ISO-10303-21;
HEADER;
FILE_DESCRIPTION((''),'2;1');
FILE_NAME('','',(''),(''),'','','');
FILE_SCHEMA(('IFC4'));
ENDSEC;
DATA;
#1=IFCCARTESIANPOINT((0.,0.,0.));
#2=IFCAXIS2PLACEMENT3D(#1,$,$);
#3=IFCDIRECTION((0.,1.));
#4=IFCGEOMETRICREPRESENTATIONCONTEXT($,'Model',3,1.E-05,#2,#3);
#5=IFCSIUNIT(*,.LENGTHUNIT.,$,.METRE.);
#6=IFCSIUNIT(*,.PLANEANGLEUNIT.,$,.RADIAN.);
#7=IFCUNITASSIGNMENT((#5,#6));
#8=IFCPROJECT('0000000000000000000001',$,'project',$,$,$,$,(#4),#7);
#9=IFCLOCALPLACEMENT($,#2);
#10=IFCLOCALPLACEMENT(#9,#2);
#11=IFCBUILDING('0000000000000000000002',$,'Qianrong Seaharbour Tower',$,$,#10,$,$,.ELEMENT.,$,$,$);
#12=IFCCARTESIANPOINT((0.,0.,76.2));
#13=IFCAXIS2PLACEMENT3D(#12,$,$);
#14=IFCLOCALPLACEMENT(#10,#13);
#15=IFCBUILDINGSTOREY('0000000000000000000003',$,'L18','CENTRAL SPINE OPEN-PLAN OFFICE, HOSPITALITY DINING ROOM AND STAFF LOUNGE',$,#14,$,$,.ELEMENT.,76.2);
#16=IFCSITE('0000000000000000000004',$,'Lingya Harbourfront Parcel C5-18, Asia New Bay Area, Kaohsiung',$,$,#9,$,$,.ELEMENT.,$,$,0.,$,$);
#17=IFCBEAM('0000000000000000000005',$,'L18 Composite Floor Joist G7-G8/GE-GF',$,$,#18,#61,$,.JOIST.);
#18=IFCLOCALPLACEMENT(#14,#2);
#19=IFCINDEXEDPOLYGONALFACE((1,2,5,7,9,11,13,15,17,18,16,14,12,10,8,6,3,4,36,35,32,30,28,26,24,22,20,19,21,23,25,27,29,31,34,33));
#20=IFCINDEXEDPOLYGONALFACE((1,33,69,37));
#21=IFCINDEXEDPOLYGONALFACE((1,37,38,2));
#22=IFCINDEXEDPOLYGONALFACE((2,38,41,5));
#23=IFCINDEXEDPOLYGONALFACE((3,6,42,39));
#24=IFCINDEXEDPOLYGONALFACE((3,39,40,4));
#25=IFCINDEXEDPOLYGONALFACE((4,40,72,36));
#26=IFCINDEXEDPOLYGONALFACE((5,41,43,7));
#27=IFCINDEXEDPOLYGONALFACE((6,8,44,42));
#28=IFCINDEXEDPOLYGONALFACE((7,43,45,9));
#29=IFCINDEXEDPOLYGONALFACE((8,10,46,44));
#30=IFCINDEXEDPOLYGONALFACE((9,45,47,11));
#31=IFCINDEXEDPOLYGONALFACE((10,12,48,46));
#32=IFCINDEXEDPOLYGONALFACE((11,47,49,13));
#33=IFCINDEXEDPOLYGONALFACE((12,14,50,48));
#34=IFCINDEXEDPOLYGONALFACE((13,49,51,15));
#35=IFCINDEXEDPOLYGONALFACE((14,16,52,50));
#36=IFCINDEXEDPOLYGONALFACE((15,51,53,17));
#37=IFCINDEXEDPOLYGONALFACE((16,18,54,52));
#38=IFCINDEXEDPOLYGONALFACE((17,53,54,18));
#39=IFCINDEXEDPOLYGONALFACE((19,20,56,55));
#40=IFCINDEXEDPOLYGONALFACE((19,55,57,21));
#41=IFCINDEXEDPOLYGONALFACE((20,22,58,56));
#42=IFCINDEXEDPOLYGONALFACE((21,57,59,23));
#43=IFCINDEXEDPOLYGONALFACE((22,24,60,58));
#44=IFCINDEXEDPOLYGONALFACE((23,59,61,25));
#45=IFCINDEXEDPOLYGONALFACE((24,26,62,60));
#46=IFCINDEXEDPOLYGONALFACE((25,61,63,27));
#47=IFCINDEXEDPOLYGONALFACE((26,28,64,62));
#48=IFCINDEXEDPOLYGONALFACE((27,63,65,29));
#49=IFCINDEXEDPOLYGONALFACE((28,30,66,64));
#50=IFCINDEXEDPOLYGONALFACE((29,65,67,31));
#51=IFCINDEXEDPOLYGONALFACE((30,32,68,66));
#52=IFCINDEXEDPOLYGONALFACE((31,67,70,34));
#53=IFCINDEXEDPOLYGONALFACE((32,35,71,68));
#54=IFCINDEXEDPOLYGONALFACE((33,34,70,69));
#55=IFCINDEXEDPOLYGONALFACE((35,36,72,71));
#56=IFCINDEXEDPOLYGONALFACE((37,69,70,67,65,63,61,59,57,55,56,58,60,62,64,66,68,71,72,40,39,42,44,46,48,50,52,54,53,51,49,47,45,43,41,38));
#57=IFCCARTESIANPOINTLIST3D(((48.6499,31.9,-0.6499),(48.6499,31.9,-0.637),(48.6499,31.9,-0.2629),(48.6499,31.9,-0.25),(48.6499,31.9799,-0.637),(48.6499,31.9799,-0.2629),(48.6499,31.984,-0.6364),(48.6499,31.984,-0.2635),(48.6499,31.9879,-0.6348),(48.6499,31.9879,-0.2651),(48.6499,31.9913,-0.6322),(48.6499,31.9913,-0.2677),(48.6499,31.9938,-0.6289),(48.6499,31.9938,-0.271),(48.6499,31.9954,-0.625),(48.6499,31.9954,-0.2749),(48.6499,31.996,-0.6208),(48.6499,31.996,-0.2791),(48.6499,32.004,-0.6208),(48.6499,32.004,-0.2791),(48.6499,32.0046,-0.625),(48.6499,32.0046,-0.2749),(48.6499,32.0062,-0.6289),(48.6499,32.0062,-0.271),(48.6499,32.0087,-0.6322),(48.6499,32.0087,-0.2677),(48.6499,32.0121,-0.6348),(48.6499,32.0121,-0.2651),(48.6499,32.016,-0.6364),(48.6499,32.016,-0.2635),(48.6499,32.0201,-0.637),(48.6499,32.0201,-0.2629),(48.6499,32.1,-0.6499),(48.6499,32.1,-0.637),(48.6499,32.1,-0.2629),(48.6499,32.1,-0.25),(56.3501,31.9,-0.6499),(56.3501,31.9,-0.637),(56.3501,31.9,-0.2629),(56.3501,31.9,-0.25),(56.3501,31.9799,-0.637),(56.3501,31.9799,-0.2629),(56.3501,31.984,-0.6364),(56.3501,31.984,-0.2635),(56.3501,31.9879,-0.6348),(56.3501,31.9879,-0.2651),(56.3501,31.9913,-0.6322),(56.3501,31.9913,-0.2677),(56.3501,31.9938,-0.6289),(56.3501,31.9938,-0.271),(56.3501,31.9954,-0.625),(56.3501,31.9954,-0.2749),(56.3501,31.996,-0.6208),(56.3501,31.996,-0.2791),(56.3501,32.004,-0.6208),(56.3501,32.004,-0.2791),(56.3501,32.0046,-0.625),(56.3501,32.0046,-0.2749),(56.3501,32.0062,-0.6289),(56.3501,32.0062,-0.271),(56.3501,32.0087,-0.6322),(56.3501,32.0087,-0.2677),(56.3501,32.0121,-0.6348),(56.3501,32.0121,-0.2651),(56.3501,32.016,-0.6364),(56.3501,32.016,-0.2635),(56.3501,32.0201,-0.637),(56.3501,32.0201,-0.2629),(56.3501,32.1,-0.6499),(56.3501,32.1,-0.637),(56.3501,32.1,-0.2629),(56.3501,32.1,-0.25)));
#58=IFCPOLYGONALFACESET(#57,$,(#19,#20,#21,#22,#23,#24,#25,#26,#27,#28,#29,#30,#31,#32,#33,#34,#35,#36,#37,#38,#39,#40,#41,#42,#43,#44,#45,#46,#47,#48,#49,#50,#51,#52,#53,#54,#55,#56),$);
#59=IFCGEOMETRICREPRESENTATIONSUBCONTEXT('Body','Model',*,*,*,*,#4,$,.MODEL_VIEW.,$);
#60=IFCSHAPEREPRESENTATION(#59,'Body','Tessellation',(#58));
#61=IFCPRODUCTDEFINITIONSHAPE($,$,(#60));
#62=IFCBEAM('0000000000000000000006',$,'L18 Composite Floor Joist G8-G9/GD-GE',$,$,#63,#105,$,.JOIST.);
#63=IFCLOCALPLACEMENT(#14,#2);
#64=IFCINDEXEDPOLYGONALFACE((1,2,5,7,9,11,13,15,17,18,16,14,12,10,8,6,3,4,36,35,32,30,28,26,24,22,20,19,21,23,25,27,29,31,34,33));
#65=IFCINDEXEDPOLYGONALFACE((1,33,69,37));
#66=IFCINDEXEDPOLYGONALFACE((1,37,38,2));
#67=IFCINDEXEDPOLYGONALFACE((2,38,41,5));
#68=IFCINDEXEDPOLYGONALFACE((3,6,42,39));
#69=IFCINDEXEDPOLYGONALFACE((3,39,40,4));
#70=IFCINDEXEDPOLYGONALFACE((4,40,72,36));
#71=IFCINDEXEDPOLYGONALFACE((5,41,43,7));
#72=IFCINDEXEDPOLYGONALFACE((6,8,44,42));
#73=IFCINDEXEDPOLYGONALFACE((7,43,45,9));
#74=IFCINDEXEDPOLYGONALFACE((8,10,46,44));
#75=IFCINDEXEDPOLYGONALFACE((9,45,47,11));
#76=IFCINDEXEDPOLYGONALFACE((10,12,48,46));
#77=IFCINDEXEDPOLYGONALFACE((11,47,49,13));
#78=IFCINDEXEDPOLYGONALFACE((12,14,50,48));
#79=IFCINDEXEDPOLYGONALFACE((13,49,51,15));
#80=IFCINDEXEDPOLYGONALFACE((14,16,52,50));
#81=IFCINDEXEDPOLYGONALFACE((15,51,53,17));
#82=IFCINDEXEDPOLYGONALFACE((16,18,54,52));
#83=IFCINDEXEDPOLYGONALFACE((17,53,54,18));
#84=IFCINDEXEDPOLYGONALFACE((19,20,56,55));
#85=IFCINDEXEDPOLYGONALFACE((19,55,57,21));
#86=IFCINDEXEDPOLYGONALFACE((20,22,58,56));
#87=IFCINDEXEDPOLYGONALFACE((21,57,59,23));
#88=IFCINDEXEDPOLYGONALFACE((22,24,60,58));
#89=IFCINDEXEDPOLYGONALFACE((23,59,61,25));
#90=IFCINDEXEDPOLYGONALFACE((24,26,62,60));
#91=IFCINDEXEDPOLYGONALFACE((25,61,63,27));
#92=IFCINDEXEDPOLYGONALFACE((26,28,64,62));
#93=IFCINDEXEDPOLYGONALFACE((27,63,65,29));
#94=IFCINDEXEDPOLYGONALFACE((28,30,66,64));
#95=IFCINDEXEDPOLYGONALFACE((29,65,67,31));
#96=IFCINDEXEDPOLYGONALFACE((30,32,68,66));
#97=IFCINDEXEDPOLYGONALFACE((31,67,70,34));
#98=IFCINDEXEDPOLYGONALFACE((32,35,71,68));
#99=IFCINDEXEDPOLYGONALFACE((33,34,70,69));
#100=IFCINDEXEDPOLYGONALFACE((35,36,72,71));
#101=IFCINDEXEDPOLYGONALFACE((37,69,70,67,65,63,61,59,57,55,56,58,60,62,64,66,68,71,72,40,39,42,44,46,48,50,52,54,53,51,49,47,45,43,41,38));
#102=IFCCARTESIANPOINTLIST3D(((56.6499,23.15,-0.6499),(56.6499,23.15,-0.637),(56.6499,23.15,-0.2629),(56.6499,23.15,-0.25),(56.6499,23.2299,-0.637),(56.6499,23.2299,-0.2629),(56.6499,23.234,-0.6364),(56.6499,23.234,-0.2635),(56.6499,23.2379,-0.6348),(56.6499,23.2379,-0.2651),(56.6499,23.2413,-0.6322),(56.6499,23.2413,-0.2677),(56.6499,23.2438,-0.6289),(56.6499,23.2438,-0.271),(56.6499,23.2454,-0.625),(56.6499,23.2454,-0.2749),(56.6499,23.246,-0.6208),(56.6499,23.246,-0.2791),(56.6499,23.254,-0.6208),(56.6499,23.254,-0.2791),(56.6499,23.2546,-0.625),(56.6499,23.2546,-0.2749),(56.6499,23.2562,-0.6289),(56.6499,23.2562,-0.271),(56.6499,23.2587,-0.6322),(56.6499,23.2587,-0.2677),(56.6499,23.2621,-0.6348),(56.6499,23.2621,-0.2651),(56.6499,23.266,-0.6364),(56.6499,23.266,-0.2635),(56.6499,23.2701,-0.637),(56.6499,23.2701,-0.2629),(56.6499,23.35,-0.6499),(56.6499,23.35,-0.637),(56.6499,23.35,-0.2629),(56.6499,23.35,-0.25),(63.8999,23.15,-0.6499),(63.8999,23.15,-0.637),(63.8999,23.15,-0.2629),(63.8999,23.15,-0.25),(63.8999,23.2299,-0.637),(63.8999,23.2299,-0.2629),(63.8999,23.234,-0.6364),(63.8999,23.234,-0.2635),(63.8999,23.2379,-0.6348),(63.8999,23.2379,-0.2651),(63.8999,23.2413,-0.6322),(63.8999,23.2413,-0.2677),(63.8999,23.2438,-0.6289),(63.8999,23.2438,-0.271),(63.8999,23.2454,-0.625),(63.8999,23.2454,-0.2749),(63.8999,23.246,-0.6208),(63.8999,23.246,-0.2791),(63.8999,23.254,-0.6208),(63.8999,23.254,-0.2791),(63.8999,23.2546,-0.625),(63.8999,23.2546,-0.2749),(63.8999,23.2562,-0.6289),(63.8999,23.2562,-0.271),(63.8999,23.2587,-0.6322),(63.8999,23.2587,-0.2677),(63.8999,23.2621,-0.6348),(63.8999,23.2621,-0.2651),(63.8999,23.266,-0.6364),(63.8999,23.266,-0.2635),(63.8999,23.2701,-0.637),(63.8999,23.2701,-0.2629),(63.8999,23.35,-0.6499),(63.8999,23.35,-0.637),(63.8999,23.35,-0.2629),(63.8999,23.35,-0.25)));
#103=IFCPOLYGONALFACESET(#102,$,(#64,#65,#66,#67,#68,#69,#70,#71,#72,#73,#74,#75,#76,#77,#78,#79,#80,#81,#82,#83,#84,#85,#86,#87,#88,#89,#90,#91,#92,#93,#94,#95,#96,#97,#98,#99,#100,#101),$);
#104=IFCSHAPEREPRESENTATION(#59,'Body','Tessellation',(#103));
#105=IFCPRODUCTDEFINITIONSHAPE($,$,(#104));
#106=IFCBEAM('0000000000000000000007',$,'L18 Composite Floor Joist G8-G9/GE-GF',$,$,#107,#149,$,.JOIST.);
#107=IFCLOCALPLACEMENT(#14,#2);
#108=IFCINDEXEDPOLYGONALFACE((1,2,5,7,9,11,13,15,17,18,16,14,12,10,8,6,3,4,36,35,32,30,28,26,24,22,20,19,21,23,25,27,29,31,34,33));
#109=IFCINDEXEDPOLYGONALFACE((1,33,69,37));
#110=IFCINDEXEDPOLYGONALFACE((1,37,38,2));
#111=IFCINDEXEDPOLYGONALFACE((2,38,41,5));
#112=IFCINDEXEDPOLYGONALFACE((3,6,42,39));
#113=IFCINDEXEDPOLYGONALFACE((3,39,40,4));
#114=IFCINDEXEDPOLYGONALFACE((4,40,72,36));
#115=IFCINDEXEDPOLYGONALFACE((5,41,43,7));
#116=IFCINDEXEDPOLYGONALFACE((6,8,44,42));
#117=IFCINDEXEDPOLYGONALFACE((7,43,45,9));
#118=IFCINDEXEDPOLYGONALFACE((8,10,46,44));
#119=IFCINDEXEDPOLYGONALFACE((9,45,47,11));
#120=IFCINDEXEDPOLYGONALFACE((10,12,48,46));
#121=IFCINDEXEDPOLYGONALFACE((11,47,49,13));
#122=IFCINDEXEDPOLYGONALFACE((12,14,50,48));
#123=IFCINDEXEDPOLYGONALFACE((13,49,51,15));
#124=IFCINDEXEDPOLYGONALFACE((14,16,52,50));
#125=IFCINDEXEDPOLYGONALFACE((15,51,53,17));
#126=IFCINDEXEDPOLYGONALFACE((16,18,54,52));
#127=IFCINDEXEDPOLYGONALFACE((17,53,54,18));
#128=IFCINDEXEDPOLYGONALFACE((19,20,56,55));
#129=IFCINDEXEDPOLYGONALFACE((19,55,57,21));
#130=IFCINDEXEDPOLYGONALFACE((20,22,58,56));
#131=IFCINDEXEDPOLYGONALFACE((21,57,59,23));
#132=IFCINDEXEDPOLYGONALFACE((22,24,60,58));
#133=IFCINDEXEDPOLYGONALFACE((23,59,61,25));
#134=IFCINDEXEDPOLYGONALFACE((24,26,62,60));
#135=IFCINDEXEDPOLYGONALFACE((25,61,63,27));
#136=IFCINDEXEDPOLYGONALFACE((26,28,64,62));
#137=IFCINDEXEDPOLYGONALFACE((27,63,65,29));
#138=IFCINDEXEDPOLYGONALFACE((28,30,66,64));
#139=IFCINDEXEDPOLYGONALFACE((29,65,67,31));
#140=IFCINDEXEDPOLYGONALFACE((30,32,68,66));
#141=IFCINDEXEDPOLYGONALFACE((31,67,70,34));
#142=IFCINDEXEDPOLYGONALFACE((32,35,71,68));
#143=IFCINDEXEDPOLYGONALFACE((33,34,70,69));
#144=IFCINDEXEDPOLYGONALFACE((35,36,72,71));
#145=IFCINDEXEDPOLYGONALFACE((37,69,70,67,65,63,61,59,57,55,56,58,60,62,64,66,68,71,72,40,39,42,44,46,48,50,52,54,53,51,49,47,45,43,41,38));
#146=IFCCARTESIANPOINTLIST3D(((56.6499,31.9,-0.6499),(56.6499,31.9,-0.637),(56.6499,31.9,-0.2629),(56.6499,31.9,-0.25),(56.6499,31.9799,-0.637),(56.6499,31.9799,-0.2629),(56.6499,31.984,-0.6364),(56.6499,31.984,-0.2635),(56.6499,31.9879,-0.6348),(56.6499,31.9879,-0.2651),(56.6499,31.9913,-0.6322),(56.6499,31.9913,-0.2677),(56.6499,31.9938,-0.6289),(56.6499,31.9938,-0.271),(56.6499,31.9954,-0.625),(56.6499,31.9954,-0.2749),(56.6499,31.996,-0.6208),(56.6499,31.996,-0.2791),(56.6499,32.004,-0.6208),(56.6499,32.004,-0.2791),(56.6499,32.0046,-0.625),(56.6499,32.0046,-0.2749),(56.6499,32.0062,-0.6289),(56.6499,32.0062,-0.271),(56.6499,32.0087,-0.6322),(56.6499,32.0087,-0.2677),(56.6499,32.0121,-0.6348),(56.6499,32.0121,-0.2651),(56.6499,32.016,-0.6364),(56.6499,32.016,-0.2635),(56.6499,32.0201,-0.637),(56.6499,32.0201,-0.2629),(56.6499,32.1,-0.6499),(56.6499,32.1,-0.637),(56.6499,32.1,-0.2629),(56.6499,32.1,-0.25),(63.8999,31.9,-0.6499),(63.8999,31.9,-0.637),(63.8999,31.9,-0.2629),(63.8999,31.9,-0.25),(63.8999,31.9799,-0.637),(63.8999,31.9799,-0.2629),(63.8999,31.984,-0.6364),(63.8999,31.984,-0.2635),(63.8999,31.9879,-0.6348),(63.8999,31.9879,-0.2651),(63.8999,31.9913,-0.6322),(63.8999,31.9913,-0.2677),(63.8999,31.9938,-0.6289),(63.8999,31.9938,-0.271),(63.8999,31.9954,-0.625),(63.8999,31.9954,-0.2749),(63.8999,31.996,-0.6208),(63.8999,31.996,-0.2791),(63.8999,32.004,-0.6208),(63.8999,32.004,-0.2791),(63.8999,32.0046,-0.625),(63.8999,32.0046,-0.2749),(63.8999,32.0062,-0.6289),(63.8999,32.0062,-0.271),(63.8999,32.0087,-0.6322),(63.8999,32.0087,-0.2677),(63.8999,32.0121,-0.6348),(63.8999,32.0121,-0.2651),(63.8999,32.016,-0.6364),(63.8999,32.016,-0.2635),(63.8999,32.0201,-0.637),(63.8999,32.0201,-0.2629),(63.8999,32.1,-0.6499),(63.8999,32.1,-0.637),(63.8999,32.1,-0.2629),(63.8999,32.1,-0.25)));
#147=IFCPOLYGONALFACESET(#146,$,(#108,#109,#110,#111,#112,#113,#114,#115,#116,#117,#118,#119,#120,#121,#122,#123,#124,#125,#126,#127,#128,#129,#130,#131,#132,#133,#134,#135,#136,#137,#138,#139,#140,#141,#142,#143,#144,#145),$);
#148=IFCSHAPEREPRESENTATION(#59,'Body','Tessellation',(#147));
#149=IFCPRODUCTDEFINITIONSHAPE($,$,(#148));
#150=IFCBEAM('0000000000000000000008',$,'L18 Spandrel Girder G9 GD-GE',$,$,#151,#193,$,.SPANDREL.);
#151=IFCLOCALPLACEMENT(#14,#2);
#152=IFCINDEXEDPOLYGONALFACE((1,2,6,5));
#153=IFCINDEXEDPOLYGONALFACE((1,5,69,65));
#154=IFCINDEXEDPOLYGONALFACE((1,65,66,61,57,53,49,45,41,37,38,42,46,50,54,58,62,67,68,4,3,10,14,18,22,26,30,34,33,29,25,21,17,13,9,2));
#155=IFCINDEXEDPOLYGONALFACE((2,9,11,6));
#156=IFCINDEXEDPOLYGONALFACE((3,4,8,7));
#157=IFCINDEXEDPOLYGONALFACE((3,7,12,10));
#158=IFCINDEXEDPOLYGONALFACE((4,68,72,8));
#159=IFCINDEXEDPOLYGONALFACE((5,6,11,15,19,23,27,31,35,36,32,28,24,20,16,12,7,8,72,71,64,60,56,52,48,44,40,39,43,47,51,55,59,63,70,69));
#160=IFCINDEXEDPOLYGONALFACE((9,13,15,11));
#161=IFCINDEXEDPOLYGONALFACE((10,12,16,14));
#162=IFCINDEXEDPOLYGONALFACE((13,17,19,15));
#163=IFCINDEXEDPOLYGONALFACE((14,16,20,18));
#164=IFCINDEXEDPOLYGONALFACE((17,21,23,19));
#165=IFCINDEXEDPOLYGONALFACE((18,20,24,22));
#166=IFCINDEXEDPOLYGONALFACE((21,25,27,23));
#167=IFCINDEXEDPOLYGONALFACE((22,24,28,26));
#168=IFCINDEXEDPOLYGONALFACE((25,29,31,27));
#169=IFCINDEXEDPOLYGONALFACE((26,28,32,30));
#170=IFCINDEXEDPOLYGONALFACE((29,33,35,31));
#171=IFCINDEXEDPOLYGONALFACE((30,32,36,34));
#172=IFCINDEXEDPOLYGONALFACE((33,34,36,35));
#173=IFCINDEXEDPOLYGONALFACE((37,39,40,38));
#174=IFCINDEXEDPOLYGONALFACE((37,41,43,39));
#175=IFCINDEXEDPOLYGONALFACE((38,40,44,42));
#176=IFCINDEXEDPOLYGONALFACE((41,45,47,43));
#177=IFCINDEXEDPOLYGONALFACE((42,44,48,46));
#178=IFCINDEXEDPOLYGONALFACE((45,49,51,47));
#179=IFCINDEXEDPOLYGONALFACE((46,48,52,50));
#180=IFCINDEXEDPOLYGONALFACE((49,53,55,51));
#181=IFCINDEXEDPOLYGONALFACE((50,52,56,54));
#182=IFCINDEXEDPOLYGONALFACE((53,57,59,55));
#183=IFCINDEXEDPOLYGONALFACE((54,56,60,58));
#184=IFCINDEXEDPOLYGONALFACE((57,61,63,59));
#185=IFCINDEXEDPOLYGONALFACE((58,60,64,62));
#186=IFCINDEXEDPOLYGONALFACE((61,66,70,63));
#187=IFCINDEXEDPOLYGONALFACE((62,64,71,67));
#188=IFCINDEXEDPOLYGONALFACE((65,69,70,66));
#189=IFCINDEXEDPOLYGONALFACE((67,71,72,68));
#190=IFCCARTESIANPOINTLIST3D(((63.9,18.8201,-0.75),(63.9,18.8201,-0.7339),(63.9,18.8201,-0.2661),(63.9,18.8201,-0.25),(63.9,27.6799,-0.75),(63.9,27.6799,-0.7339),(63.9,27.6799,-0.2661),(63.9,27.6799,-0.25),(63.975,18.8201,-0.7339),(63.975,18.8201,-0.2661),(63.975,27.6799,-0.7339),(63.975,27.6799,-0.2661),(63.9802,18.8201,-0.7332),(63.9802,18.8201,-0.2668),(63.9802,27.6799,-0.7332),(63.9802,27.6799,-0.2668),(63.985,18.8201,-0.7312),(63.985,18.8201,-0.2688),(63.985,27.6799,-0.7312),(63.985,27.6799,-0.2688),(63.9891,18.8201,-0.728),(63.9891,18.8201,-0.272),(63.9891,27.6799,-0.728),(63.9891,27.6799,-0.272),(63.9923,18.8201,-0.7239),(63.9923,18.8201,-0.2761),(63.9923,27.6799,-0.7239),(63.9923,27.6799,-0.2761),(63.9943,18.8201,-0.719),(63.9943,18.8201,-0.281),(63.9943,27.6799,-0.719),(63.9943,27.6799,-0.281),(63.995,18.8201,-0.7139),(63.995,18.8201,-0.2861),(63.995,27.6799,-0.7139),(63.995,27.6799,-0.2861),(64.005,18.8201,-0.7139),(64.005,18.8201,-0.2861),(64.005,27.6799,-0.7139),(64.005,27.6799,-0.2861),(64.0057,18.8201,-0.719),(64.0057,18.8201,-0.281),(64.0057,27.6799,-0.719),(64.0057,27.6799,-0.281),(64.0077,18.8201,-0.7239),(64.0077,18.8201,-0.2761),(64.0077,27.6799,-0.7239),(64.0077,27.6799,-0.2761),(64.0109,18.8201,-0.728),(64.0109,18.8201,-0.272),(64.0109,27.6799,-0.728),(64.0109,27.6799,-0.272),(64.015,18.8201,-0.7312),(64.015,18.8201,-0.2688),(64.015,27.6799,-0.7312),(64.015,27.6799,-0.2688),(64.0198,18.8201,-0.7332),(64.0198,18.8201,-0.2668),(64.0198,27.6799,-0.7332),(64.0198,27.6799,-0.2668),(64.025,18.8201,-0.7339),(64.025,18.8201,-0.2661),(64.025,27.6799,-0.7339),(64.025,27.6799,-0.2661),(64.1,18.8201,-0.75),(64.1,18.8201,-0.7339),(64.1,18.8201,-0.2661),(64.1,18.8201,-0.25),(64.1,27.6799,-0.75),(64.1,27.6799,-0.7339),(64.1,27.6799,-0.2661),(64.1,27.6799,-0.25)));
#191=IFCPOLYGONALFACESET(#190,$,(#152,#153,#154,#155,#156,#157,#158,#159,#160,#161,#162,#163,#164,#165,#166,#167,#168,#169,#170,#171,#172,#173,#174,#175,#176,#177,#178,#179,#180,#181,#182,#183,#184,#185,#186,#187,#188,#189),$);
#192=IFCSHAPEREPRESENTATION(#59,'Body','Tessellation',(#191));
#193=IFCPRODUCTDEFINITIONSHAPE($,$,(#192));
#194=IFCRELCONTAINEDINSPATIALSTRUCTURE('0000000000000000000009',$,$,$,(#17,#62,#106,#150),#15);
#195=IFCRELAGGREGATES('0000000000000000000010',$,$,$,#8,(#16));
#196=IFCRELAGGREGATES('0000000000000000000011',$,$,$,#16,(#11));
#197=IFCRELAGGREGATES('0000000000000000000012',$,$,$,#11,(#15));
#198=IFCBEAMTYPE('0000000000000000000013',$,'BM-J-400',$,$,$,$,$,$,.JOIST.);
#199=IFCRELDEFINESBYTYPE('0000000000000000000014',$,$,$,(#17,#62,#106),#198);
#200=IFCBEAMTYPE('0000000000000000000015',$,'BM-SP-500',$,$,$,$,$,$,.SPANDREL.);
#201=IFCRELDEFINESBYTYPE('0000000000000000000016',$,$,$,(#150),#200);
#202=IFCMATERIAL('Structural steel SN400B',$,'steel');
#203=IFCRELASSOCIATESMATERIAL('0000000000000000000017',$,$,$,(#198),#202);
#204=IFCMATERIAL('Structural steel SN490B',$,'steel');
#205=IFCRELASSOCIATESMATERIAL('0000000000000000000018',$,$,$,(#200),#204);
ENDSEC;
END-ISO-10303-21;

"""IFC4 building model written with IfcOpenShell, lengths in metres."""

from ifc_helpers import new_model, si_unit, direction, frame, origin, origin_2d, place, context, subcontext, project, spatial, i_section, extrude, material, material_profile, profile_set, type_object, element, save


model = new_model("IFC4")

# Units and contexts
model_context = context("Model", 3, precision=1e-05, world=origin(), true_north=direction((0.0, 1.0)))
body_context = subcontext(model_context, "Body", "Model", "MODEL_VIEW")
ifc_project = project(units=[si_unit("LENGTHUNIT", "METRE"), si_unit("PLANEANGLEUNIT", "RADIAN")], contexts=[model_context])

# Site, building, storey
site_placement = place(None, origin())
site = spatial("IfcSite", under=ifc_project, at=site_placement, Name="Lingya Harbourfront Parcel C5-18, Asia New Bay Area, Kaohsiung", CompositionType="ELEMENT", RefElevation=0.0)
building_placement = place(site_placement, origin())
building = spatial("IfcBuilding", under=site, at=building_placement, Name="Qianrong Seaharbour Tower", CompositionType="ELEMENT")
storey_placement = place(building_placement, frame((0.0, 0.0, 76.2)))
storey = spatial("IfcBuildingStorey", under=building, at=storey_placement, Name="L18", Description="CENTRAL SPINE OPEN-PLAN OFFICE, HOSPITALITY DINING ROOM AND STAFF LOUNGE", CompositionType="ELEMENT", Elevation=76.2)

# Shared definitions
ifc_material_1 = material(Name="Structural steel SN490B", Category="steel")

# Beams
ifc_material_2 = material(Name="Structural steel SN400B", Category="steel")
ifc_material_profile_1 = material_profile(ifc_material_2, i_section(OverallWidth=0.2, OverallDepth=0.3999, WebThickness=0.0081, FlangeThickness=0.0129, FilletRadius=0.0161, at=origin_2d()), Name="H400x200x8x13")
ifc_profile_set_1 = profile_set([ifc_material_profile_1], Name="Structural steel SN400B")
beam_type_1 = type_object("IfcBeamType", Name="BM-J-400", PredefinedType="JOIST", material=ifc_profile_set_1)
for number, where, z_axis, x_axis, name in (
    (1, (48.6499, 32.0, -0.45), (1.0, 0.0, 0.0), (0.0, 1.0, 0.0), "L18 Composite Floor Joist G7-G8/GE-GF"),
):
    element("IfcBeam", number, at=place(storey_placement, frame(where, z_axis=z_axis, x_axis=x_axis)), inside=storey, type_object=beam_type_1, Name=name, PredefinedType="JOIST", context=body_context, shape_type="SweptSolid", body=[
        extrude(i_section(OverallWidth=0.2, OverallDepth=0.3999, WebThickness=0.0081, FlangeThickness=0.0129, FilletRadius=0.0161, at=origin_2d()), origin(), (0.0, 0.0, 1.0), 7.7002),
    ])
for number, where, z_axis, x_axis, name in (
    (2, (56.6499, 23.25, -0.45), (1.0, 0.0, 0.0), (0.0, 1.0, 0.0), "L18 Composite Floor Joist G8-G9/GD-GE"),
    (3, (56.6499, 32.0, -0.45), (1.0, 0.0, 0.0), (0.0, 1.0, 0.0), "L18 Composite Floor Joist G8-G9/GE-GF"),
):
    element("IfcBeam", number, at=place(storey_placement, frame(where, z_axis=z_axis, x_axis=x_axis)), inside=storey, type_object=beam_type_1, Name=name, PredefinedType="JOIST", context=body_context, shape_type="SweptSolid", body=[
        extrude(i_section(OverallWidth=0.2, OverallDepth=0.3999, WebThickness=0.0081, FlangeThickness=0.0129, FilletRadius=0.0161, at=origin_2d()), origin(), (0.0, 0.0, 1.0), 7.25),
    ])
ifc_material_profile_2 = material_profile(ifc_material_1, i_section(OverallWidth=0.2, OverallDepth=0.5, WebThickness=0.01, FlangeThickness=0.0161, FilletRadius=0.02, at=origin_2d()), Name="H500x200x10x16")
ifc_profile_set_2 = profile_set([ifc_material_profile_2], Name="Structural steel SN490B")
beam_type_2 = type_object("IfcBeamType", Name="BM-SP-500", PredefinedType="SPANDREL", material=ifc_profile_set_2)
beam_1_placement = place(storey_placement, frame((64.0, 18.8201, -0.5), z_axis=(0.0, 1.0, 0.0), x_axis=(-1.0, 0.0, 0.0)))
element("IfcBeam", 4, at=beam_1_placement, inside=storey, type_object=beam_type_2, Name="L18 Spandrel Girder G9 GD-GE", PredefinedType="SPANDREL", context=body_context, shape_type="SweptSolid", body=[
    extrude(i_section(OverallWidth=0.2, OverallDepth=0.5, WebThickness=0.01, FlangeThickness=0.0161, FilletRadius=0.02, at=origin_2d()), origin(), (0.0, 0.0, 1.0), 8.8599),
])

save(model, "model.ifc")
